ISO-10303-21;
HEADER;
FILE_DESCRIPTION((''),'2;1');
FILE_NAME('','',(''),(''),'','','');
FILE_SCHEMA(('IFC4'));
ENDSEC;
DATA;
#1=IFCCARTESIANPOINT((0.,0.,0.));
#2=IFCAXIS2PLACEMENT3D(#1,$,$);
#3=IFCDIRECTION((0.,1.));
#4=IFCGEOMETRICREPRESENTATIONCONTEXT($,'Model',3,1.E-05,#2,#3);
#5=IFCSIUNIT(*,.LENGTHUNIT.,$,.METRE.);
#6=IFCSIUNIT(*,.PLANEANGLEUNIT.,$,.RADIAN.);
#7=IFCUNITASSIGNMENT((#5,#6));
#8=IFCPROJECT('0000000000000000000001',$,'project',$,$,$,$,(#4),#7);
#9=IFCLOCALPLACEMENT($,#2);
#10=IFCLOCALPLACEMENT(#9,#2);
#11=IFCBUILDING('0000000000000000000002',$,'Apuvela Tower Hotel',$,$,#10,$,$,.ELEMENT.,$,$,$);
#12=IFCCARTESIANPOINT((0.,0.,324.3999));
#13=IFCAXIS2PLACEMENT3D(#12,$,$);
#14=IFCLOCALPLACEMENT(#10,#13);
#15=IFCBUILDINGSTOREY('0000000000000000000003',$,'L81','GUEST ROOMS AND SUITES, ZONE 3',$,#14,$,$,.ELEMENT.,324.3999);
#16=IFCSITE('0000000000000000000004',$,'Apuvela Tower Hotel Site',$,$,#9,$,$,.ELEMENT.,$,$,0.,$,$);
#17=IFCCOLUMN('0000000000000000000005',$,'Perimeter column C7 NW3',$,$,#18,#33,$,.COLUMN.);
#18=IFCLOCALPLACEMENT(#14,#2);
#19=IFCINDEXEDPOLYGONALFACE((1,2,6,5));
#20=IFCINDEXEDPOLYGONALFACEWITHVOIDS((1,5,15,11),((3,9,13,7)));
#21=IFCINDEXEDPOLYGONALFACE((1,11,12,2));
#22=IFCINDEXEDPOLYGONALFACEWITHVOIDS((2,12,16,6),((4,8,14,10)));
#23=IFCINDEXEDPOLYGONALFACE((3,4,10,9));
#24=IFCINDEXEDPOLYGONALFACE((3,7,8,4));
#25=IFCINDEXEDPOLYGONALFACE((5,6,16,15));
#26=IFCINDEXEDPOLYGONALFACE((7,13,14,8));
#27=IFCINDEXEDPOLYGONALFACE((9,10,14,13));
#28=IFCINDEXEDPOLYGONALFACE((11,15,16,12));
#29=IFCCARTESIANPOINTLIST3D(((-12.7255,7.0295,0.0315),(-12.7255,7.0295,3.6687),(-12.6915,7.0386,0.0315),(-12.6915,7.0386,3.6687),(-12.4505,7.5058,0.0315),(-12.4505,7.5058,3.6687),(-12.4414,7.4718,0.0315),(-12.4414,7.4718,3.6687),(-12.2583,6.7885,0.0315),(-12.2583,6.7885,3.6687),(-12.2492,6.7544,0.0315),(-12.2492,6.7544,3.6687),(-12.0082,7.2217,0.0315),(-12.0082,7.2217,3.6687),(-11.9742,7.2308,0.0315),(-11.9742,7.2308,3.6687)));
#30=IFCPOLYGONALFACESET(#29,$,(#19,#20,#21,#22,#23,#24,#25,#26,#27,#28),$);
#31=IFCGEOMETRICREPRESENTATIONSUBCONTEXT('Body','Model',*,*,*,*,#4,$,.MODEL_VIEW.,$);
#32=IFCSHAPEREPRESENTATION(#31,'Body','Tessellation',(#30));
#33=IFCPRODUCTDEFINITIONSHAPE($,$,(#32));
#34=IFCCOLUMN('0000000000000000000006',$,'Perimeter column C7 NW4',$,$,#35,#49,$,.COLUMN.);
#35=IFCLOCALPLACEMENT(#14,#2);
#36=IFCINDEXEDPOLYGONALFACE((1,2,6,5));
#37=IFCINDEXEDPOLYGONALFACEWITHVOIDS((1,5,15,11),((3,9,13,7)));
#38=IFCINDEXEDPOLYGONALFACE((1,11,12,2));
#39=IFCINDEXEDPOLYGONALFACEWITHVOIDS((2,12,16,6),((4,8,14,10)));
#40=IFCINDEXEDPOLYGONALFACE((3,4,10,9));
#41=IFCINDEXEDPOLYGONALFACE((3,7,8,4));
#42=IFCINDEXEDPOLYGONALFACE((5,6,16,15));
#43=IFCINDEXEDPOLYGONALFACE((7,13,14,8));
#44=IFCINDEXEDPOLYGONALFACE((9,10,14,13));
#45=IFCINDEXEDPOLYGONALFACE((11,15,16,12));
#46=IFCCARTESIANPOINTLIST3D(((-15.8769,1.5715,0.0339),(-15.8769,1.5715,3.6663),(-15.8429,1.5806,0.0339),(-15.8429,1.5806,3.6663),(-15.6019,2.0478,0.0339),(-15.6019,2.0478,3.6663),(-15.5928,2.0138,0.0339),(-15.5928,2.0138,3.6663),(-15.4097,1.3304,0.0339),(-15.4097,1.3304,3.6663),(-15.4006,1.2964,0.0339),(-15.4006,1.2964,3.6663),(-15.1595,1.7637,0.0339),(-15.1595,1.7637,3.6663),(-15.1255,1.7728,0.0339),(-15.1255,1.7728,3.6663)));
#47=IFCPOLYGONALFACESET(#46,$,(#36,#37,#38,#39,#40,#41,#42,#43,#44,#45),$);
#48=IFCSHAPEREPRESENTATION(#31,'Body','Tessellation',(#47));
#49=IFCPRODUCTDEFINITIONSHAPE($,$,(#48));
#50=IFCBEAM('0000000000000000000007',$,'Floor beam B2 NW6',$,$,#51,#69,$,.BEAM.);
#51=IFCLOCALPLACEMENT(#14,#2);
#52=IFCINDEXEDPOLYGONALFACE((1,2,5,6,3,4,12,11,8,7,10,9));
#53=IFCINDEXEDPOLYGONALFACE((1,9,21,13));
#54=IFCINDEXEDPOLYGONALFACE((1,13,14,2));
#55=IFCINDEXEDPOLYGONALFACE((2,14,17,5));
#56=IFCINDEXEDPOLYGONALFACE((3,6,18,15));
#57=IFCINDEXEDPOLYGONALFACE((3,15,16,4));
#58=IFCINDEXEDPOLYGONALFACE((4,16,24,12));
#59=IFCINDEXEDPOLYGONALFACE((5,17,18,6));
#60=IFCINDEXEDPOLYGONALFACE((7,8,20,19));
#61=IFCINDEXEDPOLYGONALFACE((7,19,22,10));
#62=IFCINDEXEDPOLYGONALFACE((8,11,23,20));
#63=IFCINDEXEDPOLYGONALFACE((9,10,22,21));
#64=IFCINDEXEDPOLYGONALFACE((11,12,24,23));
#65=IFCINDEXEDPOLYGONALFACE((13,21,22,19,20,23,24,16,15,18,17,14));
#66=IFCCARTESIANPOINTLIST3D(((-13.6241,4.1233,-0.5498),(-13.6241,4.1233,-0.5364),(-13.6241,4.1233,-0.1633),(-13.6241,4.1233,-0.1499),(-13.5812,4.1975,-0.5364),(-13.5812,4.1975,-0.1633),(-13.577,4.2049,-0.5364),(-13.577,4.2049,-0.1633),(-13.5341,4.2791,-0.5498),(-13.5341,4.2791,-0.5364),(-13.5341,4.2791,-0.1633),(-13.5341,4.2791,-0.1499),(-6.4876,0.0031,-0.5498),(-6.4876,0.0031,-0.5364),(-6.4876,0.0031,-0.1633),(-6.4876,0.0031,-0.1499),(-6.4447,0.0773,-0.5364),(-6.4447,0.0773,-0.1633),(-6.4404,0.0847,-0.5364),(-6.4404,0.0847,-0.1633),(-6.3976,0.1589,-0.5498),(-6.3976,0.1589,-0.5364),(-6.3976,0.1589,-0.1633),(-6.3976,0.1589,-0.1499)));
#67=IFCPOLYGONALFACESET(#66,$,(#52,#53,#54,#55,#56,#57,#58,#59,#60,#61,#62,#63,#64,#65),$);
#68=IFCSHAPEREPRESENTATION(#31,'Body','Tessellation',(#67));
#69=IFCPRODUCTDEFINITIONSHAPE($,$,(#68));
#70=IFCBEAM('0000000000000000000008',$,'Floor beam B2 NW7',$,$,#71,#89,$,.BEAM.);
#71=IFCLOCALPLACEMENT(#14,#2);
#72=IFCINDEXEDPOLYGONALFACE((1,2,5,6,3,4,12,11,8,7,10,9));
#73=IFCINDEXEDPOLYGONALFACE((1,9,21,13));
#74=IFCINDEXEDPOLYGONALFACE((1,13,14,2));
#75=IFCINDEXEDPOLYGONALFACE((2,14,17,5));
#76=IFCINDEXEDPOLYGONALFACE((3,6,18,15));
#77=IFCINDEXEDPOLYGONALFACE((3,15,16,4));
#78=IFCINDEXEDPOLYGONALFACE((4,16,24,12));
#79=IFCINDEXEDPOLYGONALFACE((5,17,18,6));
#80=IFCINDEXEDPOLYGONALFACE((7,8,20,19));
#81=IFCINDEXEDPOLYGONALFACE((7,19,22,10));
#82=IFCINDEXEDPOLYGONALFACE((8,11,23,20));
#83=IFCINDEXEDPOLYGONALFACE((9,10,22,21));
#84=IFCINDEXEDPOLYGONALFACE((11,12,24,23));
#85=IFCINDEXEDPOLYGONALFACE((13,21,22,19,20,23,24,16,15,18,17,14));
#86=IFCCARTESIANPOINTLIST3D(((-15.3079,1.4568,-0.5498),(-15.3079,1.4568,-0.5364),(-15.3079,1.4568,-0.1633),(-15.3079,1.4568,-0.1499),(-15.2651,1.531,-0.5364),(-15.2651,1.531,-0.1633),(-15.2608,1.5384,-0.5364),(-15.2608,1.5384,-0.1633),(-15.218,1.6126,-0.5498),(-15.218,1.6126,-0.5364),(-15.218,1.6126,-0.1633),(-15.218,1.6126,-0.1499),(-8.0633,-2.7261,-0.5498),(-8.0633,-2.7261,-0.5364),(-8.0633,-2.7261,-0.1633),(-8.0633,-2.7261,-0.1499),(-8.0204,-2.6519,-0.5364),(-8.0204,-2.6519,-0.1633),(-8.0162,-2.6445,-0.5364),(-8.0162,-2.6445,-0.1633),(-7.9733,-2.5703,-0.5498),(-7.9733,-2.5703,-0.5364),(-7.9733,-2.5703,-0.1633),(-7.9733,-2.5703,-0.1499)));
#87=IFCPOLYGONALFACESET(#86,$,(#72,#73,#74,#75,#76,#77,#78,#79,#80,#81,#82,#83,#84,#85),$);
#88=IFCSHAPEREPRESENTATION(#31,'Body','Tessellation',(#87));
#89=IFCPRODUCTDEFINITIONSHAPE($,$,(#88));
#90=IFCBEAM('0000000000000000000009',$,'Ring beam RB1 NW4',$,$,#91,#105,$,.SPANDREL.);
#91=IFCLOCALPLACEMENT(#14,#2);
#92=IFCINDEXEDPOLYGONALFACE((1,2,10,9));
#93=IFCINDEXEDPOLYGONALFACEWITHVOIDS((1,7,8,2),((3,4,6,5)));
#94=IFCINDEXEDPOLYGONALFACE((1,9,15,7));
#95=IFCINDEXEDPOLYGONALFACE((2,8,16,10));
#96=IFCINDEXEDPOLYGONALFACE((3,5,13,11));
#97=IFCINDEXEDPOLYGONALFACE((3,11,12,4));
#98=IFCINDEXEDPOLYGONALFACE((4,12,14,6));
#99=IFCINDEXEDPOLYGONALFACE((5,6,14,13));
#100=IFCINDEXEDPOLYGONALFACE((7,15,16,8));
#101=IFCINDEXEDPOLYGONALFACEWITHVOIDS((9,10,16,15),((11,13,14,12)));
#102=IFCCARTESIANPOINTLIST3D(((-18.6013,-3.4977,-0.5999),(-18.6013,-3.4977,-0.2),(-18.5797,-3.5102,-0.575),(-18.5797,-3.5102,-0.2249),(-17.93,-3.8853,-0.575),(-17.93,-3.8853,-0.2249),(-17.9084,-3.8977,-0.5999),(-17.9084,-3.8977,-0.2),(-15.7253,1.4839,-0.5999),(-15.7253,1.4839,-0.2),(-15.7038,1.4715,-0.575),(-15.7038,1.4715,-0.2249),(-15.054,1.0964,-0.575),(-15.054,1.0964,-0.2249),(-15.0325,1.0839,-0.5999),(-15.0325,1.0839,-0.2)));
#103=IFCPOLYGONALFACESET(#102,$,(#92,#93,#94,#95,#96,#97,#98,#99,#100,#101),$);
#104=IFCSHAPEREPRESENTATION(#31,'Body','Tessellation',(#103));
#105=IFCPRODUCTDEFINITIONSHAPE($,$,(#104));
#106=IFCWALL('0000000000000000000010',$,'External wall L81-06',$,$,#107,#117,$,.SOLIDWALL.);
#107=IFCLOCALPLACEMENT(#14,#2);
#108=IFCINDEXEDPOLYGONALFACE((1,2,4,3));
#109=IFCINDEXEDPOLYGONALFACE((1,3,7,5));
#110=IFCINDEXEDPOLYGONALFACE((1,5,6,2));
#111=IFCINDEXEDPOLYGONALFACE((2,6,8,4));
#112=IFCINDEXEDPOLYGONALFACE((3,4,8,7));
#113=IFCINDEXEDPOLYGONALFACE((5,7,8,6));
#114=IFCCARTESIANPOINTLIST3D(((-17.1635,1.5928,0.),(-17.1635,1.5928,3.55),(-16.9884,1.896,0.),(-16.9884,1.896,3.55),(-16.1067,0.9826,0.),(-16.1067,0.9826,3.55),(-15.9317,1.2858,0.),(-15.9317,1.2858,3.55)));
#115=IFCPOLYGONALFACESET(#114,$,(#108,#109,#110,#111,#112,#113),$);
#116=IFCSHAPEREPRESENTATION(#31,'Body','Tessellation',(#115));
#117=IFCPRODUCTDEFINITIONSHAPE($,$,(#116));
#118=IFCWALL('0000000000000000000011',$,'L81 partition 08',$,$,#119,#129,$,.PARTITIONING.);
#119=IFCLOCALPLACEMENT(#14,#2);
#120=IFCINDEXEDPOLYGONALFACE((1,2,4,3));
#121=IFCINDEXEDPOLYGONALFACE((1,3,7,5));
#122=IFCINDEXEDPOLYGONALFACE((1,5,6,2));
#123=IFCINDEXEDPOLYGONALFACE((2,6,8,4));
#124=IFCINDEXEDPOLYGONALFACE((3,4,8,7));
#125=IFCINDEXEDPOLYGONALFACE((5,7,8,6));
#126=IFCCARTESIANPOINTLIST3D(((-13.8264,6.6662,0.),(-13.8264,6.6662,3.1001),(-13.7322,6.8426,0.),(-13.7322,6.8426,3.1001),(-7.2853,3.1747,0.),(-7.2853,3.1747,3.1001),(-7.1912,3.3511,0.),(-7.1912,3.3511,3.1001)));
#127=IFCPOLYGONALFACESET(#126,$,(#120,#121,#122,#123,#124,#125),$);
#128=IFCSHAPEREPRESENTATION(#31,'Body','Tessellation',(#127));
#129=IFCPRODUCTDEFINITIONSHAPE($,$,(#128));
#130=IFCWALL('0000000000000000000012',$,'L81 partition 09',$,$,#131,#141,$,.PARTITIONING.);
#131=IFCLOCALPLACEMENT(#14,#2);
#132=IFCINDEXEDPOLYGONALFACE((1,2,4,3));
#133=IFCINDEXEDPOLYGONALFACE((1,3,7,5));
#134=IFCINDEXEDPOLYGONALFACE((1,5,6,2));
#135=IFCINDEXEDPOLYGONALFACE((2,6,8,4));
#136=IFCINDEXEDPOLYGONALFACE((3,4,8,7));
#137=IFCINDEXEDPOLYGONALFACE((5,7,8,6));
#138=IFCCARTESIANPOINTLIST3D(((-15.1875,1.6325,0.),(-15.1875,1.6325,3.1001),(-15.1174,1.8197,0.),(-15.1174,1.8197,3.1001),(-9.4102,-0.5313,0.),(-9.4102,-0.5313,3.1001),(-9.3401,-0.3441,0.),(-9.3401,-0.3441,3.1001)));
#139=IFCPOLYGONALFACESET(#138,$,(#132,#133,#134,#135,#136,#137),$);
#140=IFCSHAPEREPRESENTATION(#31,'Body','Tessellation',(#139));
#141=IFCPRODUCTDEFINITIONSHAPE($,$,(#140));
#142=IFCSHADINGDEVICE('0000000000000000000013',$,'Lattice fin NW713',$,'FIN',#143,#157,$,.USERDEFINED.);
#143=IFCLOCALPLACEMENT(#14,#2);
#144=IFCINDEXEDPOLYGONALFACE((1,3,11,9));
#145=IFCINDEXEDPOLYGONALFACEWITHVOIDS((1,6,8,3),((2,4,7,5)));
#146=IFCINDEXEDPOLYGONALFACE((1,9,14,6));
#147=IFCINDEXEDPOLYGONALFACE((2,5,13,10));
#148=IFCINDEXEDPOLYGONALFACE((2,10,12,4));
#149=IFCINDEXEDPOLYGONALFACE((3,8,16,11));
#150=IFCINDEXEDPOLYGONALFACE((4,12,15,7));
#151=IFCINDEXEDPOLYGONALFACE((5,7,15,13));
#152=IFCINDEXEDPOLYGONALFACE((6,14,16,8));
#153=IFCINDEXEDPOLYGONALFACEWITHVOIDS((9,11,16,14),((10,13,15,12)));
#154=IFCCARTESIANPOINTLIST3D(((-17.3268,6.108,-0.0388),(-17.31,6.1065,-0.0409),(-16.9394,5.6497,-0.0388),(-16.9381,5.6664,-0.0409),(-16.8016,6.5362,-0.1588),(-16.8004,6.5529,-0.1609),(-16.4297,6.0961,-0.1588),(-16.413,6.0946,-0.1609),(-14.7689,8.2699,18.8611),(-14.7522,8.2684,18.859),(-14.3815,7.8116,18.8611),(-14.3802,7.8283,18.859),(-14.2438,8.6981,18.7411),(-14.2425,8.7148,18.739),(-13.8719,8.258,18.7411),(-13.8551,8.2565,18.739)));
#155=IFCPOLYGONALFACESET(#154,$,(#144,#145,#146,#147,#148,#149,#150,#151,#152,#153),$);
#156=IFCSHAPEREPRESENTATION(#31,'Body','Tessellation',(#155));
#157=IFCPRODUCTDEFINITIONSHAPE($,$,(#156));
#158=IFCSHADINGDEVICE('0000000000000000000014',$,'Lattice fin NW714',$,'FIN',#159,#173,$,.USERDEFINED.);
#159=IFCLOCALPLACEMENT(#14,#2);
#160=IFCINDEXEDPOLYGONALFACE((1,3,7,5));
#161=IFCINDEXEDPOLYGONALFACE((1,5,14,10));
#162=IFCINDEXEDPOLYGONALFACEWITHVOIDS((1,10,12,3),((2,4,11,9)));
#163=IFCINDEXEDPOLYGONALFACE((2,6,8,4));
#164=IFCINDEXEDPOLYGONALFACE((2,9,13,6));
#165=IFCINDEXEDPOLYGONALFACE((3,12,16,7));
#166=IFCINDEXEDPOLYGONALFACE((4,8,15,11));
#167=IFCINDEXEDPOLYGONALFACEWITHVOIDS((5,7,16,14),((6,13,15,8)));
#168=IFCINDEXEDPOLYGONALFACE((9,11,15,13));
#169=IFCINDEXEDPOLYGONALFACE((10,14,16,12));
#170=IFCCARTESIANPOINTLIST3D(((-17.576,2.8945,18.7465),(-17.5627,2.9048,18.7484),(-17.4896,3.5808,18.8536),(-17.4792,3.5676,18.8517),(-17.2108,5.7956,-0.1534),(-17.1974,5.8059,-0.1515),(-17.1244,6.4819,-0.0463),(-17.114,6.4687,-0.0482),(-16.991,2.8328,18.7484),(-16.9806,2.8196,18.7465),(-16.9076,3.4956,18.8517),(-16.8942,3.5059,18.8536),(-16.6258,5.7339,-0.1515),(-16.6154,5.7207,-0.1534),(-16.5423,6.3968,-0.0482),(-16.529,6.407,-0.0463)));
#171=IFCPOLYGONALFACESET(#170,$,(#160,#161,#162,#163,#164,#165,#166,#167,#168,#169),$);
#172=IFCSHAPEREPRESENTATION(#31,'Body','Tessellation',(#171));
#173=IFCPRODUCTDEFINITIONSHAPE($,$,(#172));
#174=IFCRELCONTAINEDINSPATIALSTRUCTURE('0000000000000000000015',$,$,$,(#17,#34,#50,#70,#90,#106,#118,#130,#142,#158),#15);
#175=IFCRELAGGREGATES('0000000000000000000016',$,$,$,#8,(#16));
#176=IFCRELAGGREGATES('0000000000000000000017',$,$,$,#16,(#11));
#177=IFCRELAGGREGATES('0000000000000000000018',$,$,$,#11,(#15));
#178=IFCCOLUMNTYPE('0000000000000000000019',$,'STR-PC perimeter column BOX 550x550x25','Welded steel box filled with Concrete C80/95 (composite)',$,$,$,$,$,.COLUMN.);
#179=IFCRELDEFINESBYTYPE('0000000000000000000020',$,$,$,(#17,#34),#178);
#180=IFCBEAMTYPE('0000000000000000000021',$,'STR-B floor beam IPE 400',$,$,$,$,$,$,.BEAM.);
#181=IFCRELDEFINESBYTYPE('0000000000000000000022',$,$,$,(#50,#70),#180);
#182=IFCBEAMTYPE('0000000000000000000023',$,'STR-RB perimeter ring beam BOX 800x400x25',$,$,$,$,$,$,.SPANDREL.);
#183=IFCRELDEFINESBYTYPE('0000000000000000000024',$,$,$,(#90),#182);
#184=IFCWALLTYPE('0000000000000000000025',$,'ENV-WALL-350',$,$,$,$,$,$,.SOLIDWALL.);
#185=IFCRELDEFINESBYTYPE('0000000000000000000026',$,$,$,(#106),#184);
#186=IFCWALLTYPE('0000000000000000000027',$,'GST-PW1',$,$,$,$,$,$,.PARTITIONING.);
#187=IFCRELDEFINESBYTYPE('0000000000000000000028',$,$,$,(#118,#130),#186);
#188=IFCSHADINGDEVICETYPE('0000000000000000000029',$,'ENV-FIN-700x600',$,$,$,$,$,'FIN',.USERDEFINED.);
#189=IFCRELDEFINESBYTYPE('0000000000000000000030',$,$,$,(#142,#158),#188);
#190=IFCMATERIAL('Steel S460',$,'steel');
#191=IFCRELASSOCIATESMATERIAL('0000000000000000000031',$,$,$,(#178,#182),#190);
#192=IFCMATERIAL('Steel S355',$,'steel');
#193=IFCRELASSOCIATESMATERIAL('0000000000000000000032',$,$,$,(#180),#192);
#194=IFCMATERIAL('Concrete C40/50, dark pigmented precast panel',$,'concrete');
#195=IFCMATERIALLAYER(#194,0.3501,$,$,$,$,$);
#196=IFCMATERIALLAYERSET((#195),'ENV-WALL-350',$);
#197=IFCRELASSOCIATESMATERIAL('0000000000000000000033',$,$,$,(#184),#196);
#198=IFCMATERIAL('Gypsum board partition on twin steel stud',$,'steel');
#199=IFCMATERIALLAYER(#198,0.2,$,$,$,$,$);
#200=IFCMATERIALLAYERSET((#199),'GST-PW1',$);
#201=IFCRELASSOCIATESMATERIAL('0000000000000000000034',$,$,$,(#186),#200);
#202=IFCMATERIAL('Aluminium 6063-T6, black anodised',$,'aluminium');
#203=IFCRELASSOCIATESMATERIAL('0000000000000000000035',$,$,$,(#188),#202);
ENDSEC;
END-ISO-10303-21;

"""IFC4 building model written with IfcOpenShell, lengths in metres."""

from ifc_helpers import new_model, si_unit, direction, frame, frame_2d, origin, origin_2d, place, context, subcontext, project, spatial, rectangle, hollow_rectangle, i_section, extrude, boolean, halfspace, material, layer, layer_set, material_profile, profile_set, type_object, element, save


model = new_model("IFC4")

# Units and contexts
model_context = context("Model", 3, precision=1e-05, world=origin(), true_north=direction((0.0, 1.0)))
body_context = subcontext(model_context, "Body", "Model", "MODEL_VIEW")
ifc_project = project(units=[si_unit("LENGTHUNIT", "METRE"), si_unit("PLANEANGLEUNIT", "RADIAN")], contexts=[model_context])

# Site, building, storey
site_placement = place(None, origin())
site = spatial("IfcSite", under=ifc_project, at=site_placement, Name="Apuvela Tower Hotel Site", CompositionType="ELEMENT", RefElevation=0.0)
building_placement = place(site_placement, origin())
building = spatial("IfcBuilding", under=site, at=building_placement, Name="Apuvela Tower Hotel", CompositionType="ELEMENT")
storey_placement = place(building_placement, frame((0.0, 0.0, 324.3999)))
storey = spatial("IfcBuildingStorey", under=building, at=storey_placement, Name="L81", Description="GUEST ROOMS AND SUITES, ZONE 3", CompositionType="ELEMENT", Elevation=324.3999)

# Columns
ifc_material_1 = material(Name="Steel S460", Category="steel")
ifc_material_profile_1 = material_profile(ifc_material_1, hollow_rectangle(XDim=0.55, YDim=0.55, WallThickness=0.0249, at=origin_2d()), Name="BOX 550x550x25")
ifc_material_2 = material(Name="Concrete C80/95", Category="concrete")
ifc_material_profile_2 = material_profile(ifc_material_2, rectangle(XDim=0.5, YDim=0.5, at=origin_2d()), Name="Concrete C80/95 infill")
ifc_profile_set_1 = profile_set([ifc_material_profile_1, ifc_material_profile_2], Name="Steel S460")
column_type = type_object("IfcColumnType", Name="STR-PC perimeter column BOX 550x550x25", Description="Welded steel box filled with Concrete C80/95 (composite)", PredefinedType="COLUMN", material=ifc_profile_set_1)
column_1_placement = place(storey_placement, frame((-12.3499, 7.1301, 0.0), z_axis=(0.0, 0.0, 1.0), x_axis=(0.5, 0.866025, 0.0)))
element("IfcColumn", 1, at=column_1_placement, inside=storey, type_object=column_type, Name="Perimeter column C7 NW3", PredefinedType="COLUMN", context=body_context, shape_type="SweptSolid", body=[
    boolean("DIFFERENCE", boolean("DIFFERENCE", extrude(hollow_rectangle(XDim=0.55, YDim=0.55, WallThickness=0.0249, at=origin_2d()), origin(), (0.0, 0.0, 1.0), 3.7002), halfspace(frame((0.0, 0.0, 0.0315), z_axis=(0.0, 0.0, 1.0), x_axis=(1.0, 0.0, 0.0)), True)), halfspace(frame((0.0, 0.0, 3.6687), z_axis=(0.0, 0.0, 1.0), x_axis=(1.0, 0.0, 0.0)), False)),
])
column_2_placement = place(storey_placement, frame((-15.5012, 1.6721, 0.0), z_axis=(0.0, 0.0, 1.0), x_axis=(0.5, 0.866025, 0.0)))
element("IfcColumn", 2, at=column_2_placement, inside=storey, type_object=column_type, Name="Perimeter column C7 NW4", PredefinedType="COLUMN", context=body_context, shape_type="SweptSolid", body=[
    boolean("DIFFERENCE", boolean("DIFFERENCE", extrude(hollow_rectangle(XDim=0.55, YDim=0.55, WallThickness=0.0249, at=origin_2d()), origin(), (0.0, 0.0, 1.0), 3.7002), halfspace(frame((0.0, 0.0, 0.0339), z_axis=(0.0, 0.0, 1.0), x_axis=(1.0, 0.0, 0.0)), True)), halfspace(frame((0.0, 0.0, 3.6663), z_axis=(0.0, 0.0, 1.0), x_axis=(1.0, 0.0, 0.0)), False)),
])

# Beams
ifc_material_3 = material(Name="Steel S355", Category="steel")
ifc_material_profile_3 = material_profile(ifc_material_3, i_section(OverallWidth=0.1799, OverallDepth=0.3999, WebThickness=0.0085, FlangeThickness=0.0134, at=origin_2d()), Name="IPE 400")
ifc_profile_set_2 = profile_set([ifc_material_profile_3], Name="Steel S355")
beam_type_1 = type_object("IfcBeamType", Name="STR-B floor beam IPE 400", PredefinedType="BEAM", material=ifc_profile_set_2)
beam_1_placement = place(storey_placement, frame((-13.5791, 4.2012, -0.3499), z_axis=(0.866032, -0.499988, 0.0), x_axis=(0.499988, 0.866032, 0.0)))
element("IfcBeam", 3, at=beam_1_placement, inside=storey, type_object=beam_type_1, Name="Floor beam B2 NW6", PredefinedType="BEAM", context=body_context, shape_type="SweptSolid", body=[
    extrude(i_section(OverallWidth=0.1799, OverallDepth=0.3999, WebThickness=0.0085, FlangeThickness=0.0134, at=origin_2d()), origin(), (0.0, 0.0, 1.0), 8.2405),
])
beam_2_placement = place(storey_placement, frame((-15.2629, 1.5347, -0.3499), z_axis=(0.866016, -0.500015, 0.0), x_axis=(0.500015, 0.866016, 0.0)))
element("IfcBeam", 4, at=beam_2_placement, inside=storey, type_object=beam_type_1, Name="Floor beam B2 NW7", PredefinedType="BEAM", context=body_context, shape_type="SweptSolid", body=[
    extrude(i_section(OverallWidth=0.1799, OverallDepth=0.3999, WebThickness=0.0085, FlangeThickness=0.0134, at=origin_2d()), origin(), (0.0, 0.0, 1.0), 8.3655),
])
ifc_material_profile_4 = material_profile(ifc_material_1, hollow_rectangle(XDim=0.8, YDim=0.3999, WallThickness=0.0249, at=origin_2d()), Name="BOX 800x400x25")
ifc_profile_set_3 = profile_set([ifc_material_profile_4], Name="Steel S460")
beam_type_2 = type_object("IfcBeamType", Name="STR-RB perimeter ring beam BOX 800x400x25", PredefinedType="SPANDREL", material=ifc_profile_set_3)
beam_3_placement = place(storey_placement, frame((-15.3789, 1.2839, -0.3999), z_axis=(-0.499974, -0.866041, 0.0), x_axis=(0.866041, -0.499974, 0.0)))
element("IfcBeam", 5, at=beam_3_placement, inside=storey, type_object=beam_type_2, Name="Ring beam RB1 NW4", PredefinedType="SPANDREL", context=body_context, shape_type="SweptSolid", body=[
    extrude(hollow_rectangle(XDim=0.8, YDim=0.3999, WallThickness=0.0249, at=origin_2d()), origin(), (0.0, 0.0, 1.0), 5.7522),
])

# Shared definitions
ifc_material_4 = material(Name="Concrete C40/50, dark pigmented precast panel", Category="concrete")
ifc_layer_1 = layer(ifc_material_4, 0.3501)
ifc_layer_set_1 = layer_set([ifc_layer_1], Name="ENV-WALL-350")
wall_type_1 = type_object("IfcWallType", Name="ENV-WALL-350", PredefinedType="SOLIDWALL", material=ifc_layer_set_1)

# Wall
wall_1_placement = place(storey_placement, frame((-17.0759, 1.7444, 0.0), z_axis=(0.0, 0.0, 1.0), x_axis=(0.866006, -0.500034, 0.0)))
element("IfcWall", 6, at=wall_1_placement, inside=storey, type_object=wall_type_1, Name="External wall L81-06", PredefinedType="SOLIDWALL", context=body_context, shape_type="SweptSolid", body=[
    extrude(rectangle(XDim=1.2202, YDim=0.3501, at=frame_2d((0.6101, 0.0))), origin(), (0.0, 0.0, 1.0), 3.55),
])

# Walls
ifc_material_5 = material(Name="Gypsum board partition on twin steel stud", Category="steel")
ifc_layer_2 = layer(ifc_material_5, 0.2)
ifc_layer_set_2 = layer_set([ifc_layer_2], Name="GST-PW1")
wall_type_2 = type_object("IfcWallType", Name="GST-PW1", PredefinedType="PARTITIONING", material=ifc_layer_set_2)
wall_2_placement = place(storey_placement, frame((-13.7793, 6.7544, 0.0), z_axis=(0.0, 0.0, 1.0), x_axis=(0.88219, -0.470894, 0.0)))
element("IfcWall", 7, at=wall_2_placement, inside=storey, type_object=wall_type_2, Name="L81 partition 08", PredefinedType="PARTITIONING", context=body_context, shape_type="SweptSolid", body=[
    extrude(rectangle(XDim=7.4146, YDim=0.2, at=frame_2d((3.7073, 0.0))), origin(), (0.0, 0.0, 1.0), 3.1001),
])
wall_3_placement = place(storey_placement, frame((-15.1523, 1.7261, 0.0), z_axis=(0.0, 0.0, 1.0), x_axis=(0.936472, -0.350742, 0.0)))
element("IfcWall", 8, at=wall_3_placement, inside=storey, type_object=wall_type_2, Name="L81 partition 09", PredefinedType="PARTITIONING", context=body_context, shape_type="SweptSolid", body=[
    extrude(rectangle(XDim=6.1692, YDim=0.2, at=frame_2d((3.0845, 0.0))), origin(), (0.0, 0.0, 1.0), 3.1001),
])

# Shading devices
ifc_material_6 = material(Name="Aluminium 6063-T6, black anodised", Category="aluminium")
ifc_material_profile_5 = material_profile(ifc_material_6, hollow_rectangle(XDim=0.6001, YDim=0.7, WallThickness=0.012, at=origin_2d()), Name="AL BOX 700x600x12")
ifc_profile_set_4 = profile_set([ifc_material_profile_5], Name="Aluminium 6063-T6, black anodised")
shading_device_type = type_object("IfcShadingDeviceType", Name="ENV-FIN-700x600", ElementType="FIN", PredefinedType="USERDEFINED", material=ifc_profile_set_4)
shading_device_1_placement = place(storey_placement, frame((-16.8699, 6.1013, -0.0999), z_axis=(0.133261, 0.11263, 0.98466), x_axis=(-0.645511, 0.763751, 0.0)))
element("IfcShadingDevice", 9, at=shading_device_1_placement, inside=storey, type_object=shading_device_type, Name="Lattice fin NW713", ObjectType="FIN", PredefinedType="USERDEFINED", context=body_context, shape_type="SweptSolid", body=[
    extrude(hollow_rectangle(XDim=0.6001, YDim=0.7, WallThickness=0.012, at=origin_2d()), origin(), (0.0, 0.0, 1.0), 19.1943),
])
shading_device_2_placement = place(storey_placement, frame((-16.8699, 6.1013, -0.0999), z_axis=(-0.019097, -0.151695, 0.988243), x_axis=(0.992168, -0.124908, 0.0)))
element("IfcShadingDevice", 10, at=shading_device_2_placement, inside=storey, type_object=shading_device_type, Name="Lattice fin NW714", ObjectType="FIN", PredefinedType="USERDEFINED", context=body_context, shape_type="SweptSolid", body=[
    extrude(hollow_rectangle(XDim=0.6001, YDim=0.7, WallThickness=0.012, at=origin_2d()), origin(), (0.0, 0.0, 1.0), 19.1248),
])

save(model, "model.ifc")
